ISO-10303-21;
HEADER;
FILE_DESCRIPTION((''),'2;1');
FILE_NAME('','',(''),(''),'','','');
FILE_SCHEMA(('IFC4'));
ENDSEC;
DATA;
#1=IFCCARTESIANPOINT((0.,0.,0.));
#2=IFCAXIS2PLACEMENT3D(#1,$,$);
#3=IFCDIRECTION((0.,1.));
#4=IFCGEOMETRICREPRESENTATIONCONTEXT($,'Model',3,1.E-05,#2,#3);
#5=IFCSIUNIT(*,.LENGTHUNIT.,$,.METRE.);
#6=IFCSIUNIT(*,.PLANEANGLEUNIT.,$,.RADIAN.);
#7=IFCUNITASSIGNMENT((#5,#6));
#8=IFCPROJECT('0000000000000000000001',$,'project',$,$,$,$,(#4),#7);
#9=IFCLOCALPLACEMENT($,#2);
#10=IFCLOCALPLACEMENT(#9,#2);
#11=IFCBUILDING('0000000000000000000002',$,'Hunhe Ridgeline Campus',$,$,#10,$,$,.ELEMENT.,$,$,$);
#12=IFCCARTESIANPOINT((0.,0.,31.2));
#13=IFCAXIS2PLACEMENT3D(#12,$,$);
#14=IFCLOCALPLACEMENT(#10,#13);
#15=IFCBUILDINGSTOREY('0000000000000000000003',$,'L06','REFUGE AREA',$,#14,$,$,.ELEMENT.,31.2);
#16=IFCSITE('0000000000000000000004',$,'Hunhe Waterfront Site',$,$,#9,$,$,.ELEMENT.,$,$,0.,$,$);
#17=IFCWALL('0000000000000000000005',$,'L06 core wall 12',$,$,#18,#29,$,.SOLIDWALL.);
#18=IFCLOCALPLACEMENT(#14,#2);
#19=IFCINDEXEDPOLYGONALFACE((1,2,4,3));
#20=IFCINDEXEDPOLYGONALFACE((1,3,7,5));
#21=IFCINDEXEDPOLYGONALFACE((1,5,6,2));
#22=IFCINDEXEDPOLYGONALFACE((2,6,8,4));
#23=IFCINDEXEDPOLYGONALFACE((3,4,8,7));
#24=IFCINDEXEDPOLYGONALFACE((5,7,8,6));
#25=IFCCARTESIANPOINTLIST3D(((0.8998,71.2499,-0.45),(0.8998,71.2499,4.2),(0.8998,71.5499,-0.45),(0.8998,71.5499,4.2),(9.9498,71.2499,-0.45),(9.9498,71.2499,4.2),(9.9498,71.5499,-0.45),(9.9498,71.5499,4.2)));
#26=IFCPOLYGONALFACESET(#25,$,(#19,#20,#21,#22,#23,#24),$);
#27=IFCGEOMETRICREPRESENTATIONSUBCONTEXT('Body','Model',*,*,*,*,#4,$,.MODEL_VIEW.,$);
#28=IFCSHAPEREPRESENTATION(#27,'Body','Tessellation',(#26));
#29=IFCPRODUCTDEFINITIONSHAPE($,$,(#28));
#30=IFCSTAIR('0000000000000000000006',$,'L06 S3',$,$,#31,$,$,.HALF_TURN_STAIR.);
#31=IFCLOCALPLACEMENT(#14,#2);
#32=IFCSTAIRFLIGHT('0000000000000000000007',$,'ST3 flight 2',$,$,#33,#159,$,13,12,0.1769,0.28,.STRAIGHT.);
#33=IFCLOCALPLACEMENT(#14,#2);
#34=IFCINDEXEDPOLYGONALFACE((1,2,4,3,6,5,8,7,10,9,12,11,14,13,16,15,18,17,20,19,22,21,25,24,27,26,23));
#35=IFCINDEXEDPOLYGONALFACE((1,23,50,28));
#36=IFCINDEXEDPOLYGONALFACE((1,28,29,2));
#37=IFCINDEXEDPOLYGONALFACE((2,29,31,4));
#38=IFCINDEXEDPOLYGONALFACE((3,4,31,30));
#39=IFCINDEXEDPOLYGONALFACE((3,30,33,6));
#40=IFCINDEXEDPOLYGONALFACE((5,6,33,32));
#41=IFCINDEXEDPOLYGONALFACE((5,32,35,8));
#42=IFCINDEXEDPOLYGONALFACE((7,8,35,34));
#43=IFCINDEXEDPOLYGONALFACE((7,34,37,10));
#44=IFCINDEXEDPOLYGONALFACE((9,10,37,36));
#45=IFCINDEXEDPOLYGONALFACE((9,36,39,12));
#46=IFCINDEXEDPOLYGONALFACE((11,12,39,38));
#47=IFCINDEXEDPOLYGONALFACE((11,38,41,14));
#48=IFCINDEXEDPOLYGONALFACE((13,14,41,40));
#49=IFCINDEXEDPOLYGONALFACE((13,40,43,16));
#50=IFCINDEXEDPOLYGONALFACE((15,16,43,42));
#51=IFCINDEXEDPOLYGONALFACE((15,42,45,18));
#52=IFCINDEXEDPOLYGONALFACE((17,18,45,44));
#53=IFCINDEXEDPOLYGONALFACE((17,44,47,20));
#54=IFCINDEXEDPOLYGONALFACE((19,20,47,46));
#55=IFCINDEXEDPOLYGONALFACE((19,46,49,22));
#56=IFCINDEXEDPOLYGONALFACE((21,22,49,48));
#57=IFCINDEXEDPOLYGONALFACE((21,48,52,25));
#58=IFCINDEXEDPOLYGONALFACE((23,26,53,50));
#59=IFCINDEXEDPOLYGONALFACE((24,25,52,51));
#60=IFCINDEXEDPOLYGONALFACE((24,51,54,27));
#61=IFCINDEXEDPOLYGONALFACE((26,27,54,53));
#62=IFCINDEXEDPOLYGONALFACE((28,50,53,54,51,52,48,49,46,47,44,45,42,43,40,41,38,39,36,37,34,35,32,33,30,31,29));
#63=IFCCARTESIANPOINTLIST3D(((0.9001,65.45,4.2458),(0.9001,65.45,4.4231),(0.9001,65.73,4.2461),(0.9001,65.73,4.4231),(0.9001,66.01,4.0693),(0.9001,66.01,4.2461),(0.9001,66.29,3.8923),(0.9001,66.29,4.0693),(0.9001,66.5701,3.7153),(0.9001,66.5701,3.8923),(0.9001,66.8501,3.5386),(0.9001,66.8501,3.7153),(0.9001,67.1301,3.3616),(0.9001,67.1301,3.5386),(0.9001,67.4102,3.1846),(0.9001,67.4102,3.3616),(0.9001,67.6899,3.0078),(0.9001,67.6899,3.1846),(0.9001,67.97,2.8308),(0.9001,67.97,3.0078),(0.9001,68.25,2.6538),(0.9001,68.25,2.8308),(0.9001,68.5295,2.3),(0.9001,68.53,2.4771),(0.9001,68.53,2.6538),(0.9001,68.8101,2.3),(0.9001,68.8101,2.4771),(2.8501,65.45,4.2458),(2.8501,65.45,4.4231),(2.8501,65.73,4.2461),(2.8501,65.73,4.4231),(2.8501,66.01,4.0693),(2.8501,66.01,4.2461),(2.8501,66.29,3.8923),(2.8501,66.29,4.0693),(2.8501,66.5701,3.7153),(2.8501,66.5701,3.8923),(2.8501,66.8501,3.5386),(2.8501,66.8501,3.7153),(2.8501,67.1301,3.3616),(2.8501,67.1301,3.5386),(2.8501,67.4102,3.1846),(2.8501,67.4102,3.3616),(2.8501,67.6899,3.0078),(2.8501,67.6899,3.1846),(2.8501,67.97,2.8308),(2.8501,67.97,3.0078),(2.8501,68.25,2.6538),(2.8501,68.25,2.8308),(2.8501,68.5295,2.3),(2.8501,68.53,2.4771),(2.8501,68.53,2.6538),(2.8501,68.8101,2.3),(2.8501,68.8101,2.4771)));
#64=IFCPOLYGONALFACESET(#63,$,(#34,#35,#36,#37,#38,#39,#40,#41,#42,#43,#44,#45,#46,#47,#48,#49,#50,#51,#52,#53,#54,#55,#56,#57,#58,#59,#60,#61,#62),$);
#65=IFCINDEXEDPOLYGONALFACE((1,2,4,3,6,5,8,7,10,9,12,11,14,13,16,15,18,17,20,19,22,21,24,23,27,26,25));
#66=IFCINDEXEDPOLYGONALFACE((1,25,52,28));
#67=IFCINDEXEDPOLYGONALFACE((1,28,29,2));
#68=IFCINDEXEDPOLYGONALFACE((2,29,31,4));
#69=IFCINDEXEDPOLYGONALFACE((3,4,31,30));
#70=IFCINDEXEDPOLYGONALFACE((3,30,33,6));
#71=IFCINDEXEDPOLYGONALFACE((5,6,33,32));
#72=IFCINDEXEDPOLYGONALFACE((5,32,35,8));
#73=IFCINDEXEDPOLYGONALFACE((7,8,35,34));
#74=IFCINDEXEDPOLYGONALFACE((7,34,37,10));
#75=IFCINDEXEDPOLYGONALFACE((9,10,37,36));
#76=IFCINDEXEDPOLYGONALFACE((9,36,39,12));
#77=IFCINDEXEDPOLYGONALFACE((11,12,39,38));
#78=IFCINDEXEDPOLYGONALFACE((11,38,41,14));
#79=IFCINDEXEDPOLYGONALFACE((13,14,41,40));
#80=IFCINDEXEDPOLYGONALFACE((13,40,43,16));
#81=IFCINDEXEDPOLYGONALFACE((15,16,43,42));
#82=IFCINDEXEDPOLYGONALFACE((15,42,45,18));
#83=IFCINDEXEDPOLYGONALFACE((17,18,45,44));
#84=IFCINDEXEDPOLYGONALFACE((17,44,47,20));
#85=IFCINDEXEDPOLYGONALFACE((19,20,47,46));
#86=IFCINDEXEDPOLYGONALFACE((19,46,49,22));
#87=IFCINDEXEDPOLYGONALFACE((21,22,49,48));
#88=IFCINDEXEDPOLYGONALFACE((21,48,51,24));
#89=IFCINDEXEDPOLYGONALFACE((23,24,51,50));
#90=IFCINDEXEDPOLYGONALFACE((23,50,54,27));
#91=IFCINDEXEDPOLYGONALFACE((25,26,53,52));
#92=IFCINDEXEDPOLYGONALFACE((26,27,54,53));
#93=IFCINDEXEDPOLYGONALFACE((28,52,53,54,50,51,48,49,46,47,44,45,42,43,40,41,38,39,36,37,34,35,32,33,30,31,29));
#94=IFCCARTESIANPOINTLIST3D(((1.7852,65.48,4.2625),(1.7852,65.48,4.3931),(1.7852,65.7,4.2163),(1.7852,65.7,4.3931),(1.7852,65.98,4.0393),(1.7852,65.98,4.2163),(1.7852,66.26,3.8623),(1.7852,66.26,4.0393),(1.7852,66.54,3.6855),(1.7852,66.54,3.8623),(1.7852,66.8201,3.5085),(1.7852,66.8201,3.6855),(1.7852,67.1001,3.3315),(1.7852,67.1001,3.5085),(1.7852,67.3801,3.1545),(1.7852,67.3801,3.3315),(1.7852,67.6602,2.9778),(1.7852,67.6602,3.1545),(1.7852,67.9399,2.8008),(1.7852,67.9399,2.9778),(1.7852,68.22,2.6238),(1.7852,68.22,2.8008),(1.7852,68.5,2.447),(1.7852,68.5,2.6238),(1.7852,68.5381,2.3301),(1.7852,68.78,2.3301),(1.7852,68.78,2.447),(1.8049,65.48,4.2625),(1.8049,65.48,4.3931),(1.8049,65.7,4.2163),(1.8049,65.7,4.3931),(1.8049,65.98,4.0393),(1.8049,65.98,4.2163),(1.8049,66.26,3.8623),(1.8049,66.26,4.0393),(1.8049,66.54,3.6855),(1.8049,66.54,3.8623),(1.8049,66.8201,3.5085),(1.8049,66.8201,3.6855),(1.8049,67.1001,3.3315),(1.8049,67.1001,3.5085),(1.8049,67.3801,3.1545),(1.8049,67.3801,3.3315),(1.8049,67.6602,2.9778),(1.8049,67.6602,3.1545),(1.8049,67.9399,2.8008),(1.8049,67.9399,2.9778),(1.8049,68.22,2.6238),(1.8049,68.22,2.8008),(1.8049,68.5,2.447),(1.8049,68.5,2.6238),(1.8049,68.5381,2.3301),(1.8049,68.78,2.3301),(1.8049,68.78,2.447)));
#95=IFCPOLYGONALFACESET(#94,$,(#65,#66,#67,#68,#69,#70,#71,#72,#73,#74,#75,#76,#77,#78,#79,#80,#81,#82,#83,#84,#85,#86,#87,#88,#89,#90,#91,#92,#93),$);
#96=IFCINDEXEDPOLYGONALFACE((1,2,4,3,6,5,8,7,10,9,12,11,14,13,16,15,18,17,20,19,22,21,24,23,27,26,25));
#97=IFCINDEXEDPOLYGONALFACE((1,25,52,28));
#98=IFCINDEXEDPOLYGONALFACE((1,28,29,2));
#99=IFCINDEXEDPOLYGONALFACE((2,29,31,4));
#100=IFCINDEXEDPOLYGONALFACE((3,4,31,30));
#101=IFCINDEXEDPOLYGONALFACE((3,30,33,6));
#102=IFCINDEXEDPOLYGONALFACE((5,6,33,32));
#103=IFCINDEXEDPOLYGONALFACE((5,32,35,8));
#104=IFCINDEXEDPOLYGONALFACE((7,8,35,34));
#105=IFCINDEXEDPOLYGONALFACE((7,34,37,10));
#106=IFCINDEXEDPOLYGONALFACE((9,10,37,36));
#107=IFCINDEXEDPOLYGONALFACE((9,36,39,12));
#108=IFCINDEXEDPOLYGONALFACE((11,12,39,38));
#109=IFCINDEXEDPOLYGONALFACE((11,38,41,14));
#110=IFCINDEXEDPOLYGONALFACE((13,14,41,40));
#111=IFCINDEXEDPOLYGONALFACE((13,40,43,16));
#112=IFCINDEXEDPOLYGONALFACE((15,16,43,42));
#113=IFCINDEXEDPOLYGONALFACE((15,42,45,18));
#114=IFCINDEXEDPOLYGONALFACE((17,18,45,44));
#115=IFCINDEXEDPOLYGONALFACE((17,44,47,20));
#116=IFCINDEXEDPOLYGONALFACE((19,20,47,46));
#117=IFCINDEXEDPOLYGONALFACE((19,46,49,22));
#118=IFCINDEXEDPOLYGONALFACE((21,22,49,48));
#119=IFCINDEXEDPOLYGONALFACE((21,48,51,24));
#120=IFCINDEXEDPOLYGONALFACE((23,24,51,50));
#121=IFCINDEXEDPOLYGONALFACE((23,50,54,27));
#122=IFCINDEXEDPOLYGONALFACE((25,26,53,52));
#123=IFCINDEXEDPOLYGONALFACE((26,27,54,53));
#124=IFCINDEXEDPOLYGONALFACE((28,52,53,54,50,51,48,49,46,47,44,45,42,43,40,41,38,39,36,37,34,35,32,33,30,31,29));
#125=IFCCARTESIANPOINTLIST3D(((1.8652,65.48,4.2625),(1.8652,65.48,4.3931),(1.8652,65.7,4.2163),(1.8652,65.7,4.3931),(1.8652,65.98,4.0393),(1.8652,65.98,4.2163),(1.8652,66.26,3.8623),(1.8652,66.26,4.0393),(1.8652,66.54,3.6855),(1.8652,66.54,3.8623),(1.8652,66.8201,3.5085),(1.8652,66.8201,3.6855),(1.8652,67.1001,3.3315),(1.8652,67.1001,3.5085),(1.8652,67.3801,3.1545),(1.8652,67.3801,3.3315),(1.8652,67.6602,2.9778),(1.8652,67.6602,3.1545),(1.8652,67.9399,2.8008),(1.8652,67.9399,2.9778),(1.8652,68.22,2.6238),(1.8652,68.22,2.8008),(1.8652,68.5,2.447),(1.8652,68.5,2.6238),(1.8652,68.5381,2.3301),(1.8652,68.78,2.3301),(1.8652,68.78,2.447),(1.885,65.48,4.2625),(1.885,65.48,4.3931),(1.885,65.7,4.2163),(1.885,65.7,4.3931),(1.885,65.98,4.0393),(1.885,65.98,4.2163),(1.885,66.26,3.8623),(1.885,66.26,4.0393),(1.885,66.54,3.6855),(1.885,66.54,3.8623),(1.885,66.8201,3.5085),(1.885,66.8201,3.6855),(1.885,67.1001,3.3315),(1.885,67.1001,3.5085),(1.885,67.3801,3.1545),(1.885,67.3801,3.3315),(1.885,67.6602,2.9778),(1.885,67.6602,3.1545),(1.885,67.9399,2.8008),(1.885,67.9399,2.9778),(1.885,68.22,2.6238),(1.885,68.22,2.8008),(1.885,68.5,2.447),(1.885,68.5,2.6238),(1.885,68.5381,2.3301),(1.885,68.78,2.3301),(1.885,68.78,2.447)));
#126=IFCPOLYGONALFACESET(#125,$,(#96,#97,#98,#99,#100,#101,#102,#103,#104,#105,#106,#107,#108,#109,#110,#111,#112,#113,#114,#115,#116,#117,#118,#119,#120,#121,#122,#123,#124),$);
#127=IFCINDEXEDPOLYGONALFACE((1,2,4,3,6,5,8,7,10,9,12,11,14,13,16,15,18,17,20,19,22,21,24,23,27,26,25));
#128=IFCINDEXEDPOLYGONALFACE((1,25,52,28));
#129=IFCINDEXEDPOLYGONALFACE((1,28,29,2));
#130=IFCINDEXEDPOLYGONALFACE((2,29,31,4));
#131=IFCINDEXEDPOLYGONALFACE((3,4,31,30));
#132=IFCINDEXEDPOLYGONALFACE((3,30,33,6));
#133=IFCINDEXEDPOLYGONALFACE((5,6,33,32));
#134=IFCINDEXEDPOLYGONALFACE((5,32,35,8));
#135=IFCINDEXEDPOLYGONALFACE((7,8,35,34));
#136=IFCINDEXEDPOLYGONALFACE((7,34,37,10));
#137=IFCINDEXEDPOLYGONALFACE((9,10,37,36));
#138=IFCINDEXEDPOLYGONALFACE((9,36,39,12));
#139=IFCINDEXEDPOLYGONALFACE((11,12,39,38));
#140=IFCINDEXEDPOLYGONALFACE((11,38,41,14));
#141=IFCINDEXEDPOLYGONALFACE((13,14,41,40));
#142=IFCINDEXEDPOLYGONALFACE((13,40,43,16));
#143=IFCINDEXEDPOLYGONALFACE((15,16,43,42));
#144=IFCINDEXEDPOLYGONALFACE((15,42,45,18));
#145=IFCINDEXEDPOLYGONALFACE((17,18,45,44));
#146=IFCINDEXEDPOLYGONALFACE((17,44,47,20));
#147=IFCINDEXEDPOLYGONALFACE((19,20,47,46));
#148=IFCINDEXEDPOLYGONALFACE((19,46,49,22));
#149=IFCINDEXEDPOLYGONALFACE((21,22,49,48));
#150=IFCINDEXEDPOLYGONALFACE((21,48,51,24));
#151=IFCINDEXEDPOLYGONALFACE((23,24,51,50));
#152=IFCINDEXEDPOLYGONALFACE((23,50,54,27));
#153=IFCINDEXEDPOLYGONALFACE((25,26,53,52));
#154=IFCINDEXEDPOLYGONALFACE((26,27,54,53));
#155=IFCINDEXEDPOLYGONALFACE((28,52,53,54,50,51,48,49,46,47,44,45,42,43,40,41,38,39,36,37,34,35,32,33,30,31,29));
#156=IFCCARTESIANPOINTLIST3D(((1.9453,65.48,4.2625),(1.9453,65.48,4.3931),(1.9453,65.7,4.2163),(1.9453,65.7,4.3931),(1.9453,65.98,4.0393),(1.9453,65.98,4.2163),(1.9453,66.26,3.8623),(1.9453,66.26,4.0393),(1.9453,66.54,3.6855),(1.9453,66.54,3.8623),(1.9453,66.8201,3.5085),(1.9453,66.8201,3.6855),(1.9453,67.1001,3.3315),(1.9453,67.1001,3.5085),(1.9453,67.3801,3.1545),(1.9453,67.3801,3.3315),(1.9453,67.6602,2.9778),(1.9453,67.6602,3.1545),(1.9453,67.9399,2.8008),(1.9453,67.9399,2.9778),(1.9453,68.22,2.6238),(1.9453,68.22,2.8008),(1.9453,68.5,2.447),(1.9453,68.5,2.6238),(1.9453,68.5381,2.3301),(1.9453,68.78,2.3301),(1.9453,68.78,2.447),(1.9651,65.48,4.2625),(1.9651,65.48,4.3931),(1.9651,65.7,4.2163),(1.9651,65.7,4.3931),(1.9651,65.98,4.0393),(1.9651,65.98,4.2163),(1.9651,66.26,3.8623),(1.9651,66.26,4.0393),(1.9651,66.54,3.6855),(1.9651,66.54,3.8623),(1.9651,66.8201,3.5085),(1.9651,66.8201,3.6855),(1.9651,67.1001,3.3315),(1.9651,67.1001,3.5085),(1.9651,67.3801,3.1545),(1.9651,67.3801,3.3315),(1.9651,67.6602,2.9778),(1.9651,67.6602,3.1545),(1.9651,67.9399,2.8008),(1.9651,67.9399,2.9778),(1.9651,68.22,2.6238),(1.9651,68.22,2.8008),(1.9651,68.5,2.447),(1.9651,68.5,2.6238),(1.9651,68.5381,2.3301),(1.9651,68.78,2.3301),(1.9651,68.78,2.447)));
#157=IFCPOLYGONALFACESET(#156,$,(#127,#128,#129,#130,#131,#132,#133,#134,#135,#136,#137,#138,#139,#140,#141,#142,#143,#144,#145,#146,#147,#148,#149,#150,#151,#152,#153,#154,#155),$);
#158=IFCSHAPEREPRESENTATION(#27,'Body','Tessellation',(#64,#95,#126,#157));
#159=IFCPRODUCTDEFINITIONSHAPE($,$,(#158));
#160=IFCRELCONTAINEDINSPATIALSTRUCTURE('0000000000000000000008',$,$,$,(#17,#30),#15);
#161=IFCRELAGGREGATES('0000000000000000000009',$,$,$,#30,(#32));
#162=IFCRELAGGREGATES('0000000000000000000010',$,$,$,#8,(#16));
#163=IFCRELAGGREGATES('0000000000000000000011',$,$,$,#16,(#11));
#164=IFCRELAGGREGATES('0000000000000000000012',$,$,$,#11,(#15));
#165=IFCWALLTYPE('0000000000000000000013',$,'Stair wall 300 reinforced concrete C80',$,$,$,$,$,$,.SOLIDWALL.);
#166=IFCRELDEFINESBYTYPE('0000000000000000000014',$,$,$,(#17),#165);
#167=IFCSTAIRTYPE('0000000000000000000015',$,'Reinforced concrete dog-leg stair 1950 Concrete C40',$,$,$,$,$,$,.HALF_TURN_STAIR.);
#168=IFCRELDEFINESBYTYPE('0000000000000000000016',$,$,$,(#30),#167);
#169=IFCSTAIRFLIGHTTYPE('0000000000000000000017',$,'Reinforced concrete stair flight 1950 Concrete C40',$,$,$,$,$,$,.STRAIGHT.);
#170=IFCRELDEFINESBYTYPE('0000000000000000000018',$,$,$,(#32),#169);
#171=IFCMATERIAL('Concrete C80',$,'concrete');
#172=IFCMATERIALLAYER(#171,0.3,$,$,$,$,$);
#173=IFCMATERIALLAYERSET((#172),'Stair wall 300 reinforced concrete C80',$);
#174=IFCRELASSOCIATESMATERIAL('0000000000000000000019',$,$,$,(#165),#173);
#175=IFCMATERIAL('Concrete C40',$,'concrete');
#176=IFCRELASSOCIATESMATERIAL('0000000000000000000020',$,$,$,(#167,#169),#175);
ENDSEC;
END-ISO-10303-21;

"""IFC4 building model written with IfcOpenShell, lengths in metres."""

from ifc_helpers import new_model, si_unit, direction, frame, frame_2d, origin, place, context, subcontext, project, spatial, polyline, rectangle, outline, extrude, material, layer, layer_set, type_object, element, aggregate, save


model = new_model("IFC4")

# Units and contexts
model_context = context("Model", 3, precision=1e-05, world=origin(), true_north=direction((0.0, 1.0)))
body_context = subcontext(model_context, "Body", "Model", "MODEL_VIEW")
ifc_project = project(units=[si_unit("LENGTHUNIT", "METRE"), si_unit("PLANEANGLEUNIT", "RADIAN")], contexts=[model_context])

# Site, building, storey
site_placement = place(None, origin())
site = spatial("IfcSite", under=ifc_project, at=site_placement, Name="Hunhe Waterfront Site", CompositionType="ELEMENT", RefElevation=0.0)
building_placement = place(site_placement, origin())
building = spatial("IfcBuilding", under=site, at=building_placement, Name="Hunhe Ridgeline Campus", CompositionType="ELEMENT")
storey_placement = place(building_placement, frame((0.0, 0.0, 31.2)))
storey = spatial("IfcBuildingStorey", under=building, at=storey_placement, Name="L06", Description="REFUGE AREA", CompositionType="ELEMENT", Elevation=31.2)

# Wall
ifc_material_1 = material(Name="Concrete C80", Category="concrete")
ifc_layer_1 = layer(ifc_material_1, 0.3)
ifc_layer_set_1 = layer_set([ifc_layer_1], Name="Stair wall 300 reinforced concrete C80")
wall_type_1 = type_object("IfcWallType", Name="Stair wall 300 reinforced concrete C80", PredefinedType="SOLIDWALL", material=ifc_layer_set_1)
wall_1_placement = place(storey_placement, frame((0.8999, 71.3999, -0.45), z_axis=(0.0, 0.0, 1.0), x_axis=(1.0, 0.0, 0.0)))
element("IfcWall", 1, at=wall_1_placement, inside=storey, type_object=wall_type_1, Name="L06 core wall 12", PredefinedType="SOLIDWALL", context=body_context, shape_type="SweptSolid", body=[
    extrude(rectangle(XDim=9.05, YDim=0.3, at=frame_2d((4.5249, 0.0))), origin(), (0.0, 0.0, 1.0), 4.6499),
])

# Stair, stair flight
ifc_material_2 = material(Name="Concrete C40", Category="concrete")
stair_type = type_object("IfcStairType", Name="Reinforced concrete dog-leg stair 1950 Concrete C40", PredefinedType="HALF_TURN_STAIR", material=ifc_material_2)
stair_1_placement = place(storey_placement, origin())
stair_1 = element("IfcStair", 2, at=stair_1_placement, inside=storey, type_object=stair_type, Name="L06 S3", PredefinedType="HALF_TURN_STAIR")
stair_flight_type = type_object("IfcStairFlightType", Name="Reinforced concrete stair flight 1950 Concrete C40", PredefinedType="STRAIGHT", material=ifc_material_2)
stair_flight_1_placement = place(storey_placement, frame((1.875, 68.8101, 2.3), z_axis=(0.0, 0.0, 1.0), x_axis=(0.0, -1.0, 0.0)))
stair_flight_1 = element("IfcStairFlight", 3, at=stair_flight_1_placement, type_object=stair_flight_type, Name="ST3 flight 2", NumberOfRisers=13, NumberOfTreads=12, PredefinedType="STRAIGHT", RiserHeight=0.1769, TreadLength=0.28, context=body_context, shape_type="SweptSolid", body=[
    extrude(outline(polyline([(0.0, 0.0), (0.0, 0.177), (0.28, 0.177), (0.28, 0.3538), (0.5601, 0.3538), (0.5601, 0.5308), (0.8401, 0.5308), (0.8401, 0.7078), (1.1201, 0.7078), (1.1201, 0.8845), (1.3999, 0.8845), (1.3999, 1.0615), (1.6799, 1.0615), (1.6799, 1.2385), (1.96, 1.2385), (1.96, 1.4153), (2.24, 1.4153), (2.24, 1.5923), (2.52, 1.5923), (2.52, 1.7693), (2.8, 1.7693), (2.8, 1.946), (3.0801, 1.946), (3.0801, 2.123), (3.3601, 2.123), (3.3601, 2.3), (3.3601, 1.9458), (0.2805, 0.0), (0.0, 0.0)])), frame((0.0, 0.9751, 0.0), z_axis=(0.0, -1.0, 0.0), x_axis=(1.0, 0.0, 0.0)), (0.0, 0.0, 1.0), 1.95),
    extrude(outline(polyline([(0.03, 0.03), (0.03, 0.147), (0.3101, 0.147), (0.3101, 0.3237), (0.5901, 0.3237), (0.5901, 0.5007), (0.8701, 0.5007), (0.8701, 0.6777), (1.1499, 0.6777), (1.1499, 0.8545), (1.4299, 0.8545), (1.4299, 1.0315), (1.71, 1.0315), (1.71, 1.2085), (1.99, 1.2085), (1.99, 1.3855), (2.27, 1.3855), (2.27, 1.5623), (2.55, 1.5623), (2.55, 1.7393), (2.8301, 1.7393), (2.8301, 1.9163), (3.1101, 1.9163), (3.1101, 2.093), (3.3301, 2.093), (3.3301, 1.9624), (0.272, 0.03), (0.03, 0.03)])), frame((0.0, -0.0701, 0.0), z_axis=(0.0, -1.0, 0.0), x_axis=(1.0, 0.0, 0.0)), (0.0, 0.0, 1.0), 0.0198),
    extrude(outline(polyline([(0.03, 0.03), (0.03, 0.147), (0.3101, 0.147), (0.3101, 0.3237), (0.5901, 0.3237), (0.5901, 0.5007), (0.8701, 0.5007), (0.8701, 0.6777), (1.1499, 0.6777), (1.1499, 0.8545), (1.4299, 0.8545), (1.4299, 1.0315), (1.71, 1.0315), (1.71, 1.2085), (1.99, 1.2085), (1.99, 1.3855), (2.27, 1.3855), (2.27, 1.5623), (2.55, 1.5623), (2.55, 1.7393), (2.8301, 1.7393), (2.8301, 1.9163), (3.1101, 1.9163), (3.1101, 2.093), (3.3301, 2.093), (3.3301, 1.9624), (0.272, 0.03), (0.03, 0.03)])), frame((0.0, 0.01, 0.0), z_axis=(0.0, -1.0, 0.0), x_axis=(1.0, 0.0, 0.0)), (0.0, 0.0, 1.0), 0.0198),
    extrude(outline(polyline([(0.03, 0.03), (0.03, 0.147), (0.3101, 0.147), (0.3101, 0.3237), (0.5901, 0.3237), (0.5901, 0.5007), (0.8701, 0.5007), (0.8701, 0.6777), (1.1499, 0.6777), (1.1499, 0.8545), (1.4299, 0.8545), (1.4299, 1.0315), (1.71, 1.0315), (1.71, 1.2085), (1.99, 1.2085), (1.99, 1.3855), (2.27, 1.3855), (2.27, 1.5623), (2.55, 1.5623), (2.55, 1.7393), (2.8301, 1.7393), (2.8301, 1.9163), (3.1101, 1.9163), (3.1101, 2.093), (3.3301, 2.093), (3.3301, 1.9624), (0.272, 0.03), (0.03, 0.03)])), frame((0.0, 0.0901, 0.0), z_axis=(0.0, -1.0, 0.0), x_axis=(1.0, 0.0, 0.0)), (0.0, 0.0, 1.0), 0.0198),
])
aggregate(stair_1, [stair_flight_1])

save(model, "model.ifc")
